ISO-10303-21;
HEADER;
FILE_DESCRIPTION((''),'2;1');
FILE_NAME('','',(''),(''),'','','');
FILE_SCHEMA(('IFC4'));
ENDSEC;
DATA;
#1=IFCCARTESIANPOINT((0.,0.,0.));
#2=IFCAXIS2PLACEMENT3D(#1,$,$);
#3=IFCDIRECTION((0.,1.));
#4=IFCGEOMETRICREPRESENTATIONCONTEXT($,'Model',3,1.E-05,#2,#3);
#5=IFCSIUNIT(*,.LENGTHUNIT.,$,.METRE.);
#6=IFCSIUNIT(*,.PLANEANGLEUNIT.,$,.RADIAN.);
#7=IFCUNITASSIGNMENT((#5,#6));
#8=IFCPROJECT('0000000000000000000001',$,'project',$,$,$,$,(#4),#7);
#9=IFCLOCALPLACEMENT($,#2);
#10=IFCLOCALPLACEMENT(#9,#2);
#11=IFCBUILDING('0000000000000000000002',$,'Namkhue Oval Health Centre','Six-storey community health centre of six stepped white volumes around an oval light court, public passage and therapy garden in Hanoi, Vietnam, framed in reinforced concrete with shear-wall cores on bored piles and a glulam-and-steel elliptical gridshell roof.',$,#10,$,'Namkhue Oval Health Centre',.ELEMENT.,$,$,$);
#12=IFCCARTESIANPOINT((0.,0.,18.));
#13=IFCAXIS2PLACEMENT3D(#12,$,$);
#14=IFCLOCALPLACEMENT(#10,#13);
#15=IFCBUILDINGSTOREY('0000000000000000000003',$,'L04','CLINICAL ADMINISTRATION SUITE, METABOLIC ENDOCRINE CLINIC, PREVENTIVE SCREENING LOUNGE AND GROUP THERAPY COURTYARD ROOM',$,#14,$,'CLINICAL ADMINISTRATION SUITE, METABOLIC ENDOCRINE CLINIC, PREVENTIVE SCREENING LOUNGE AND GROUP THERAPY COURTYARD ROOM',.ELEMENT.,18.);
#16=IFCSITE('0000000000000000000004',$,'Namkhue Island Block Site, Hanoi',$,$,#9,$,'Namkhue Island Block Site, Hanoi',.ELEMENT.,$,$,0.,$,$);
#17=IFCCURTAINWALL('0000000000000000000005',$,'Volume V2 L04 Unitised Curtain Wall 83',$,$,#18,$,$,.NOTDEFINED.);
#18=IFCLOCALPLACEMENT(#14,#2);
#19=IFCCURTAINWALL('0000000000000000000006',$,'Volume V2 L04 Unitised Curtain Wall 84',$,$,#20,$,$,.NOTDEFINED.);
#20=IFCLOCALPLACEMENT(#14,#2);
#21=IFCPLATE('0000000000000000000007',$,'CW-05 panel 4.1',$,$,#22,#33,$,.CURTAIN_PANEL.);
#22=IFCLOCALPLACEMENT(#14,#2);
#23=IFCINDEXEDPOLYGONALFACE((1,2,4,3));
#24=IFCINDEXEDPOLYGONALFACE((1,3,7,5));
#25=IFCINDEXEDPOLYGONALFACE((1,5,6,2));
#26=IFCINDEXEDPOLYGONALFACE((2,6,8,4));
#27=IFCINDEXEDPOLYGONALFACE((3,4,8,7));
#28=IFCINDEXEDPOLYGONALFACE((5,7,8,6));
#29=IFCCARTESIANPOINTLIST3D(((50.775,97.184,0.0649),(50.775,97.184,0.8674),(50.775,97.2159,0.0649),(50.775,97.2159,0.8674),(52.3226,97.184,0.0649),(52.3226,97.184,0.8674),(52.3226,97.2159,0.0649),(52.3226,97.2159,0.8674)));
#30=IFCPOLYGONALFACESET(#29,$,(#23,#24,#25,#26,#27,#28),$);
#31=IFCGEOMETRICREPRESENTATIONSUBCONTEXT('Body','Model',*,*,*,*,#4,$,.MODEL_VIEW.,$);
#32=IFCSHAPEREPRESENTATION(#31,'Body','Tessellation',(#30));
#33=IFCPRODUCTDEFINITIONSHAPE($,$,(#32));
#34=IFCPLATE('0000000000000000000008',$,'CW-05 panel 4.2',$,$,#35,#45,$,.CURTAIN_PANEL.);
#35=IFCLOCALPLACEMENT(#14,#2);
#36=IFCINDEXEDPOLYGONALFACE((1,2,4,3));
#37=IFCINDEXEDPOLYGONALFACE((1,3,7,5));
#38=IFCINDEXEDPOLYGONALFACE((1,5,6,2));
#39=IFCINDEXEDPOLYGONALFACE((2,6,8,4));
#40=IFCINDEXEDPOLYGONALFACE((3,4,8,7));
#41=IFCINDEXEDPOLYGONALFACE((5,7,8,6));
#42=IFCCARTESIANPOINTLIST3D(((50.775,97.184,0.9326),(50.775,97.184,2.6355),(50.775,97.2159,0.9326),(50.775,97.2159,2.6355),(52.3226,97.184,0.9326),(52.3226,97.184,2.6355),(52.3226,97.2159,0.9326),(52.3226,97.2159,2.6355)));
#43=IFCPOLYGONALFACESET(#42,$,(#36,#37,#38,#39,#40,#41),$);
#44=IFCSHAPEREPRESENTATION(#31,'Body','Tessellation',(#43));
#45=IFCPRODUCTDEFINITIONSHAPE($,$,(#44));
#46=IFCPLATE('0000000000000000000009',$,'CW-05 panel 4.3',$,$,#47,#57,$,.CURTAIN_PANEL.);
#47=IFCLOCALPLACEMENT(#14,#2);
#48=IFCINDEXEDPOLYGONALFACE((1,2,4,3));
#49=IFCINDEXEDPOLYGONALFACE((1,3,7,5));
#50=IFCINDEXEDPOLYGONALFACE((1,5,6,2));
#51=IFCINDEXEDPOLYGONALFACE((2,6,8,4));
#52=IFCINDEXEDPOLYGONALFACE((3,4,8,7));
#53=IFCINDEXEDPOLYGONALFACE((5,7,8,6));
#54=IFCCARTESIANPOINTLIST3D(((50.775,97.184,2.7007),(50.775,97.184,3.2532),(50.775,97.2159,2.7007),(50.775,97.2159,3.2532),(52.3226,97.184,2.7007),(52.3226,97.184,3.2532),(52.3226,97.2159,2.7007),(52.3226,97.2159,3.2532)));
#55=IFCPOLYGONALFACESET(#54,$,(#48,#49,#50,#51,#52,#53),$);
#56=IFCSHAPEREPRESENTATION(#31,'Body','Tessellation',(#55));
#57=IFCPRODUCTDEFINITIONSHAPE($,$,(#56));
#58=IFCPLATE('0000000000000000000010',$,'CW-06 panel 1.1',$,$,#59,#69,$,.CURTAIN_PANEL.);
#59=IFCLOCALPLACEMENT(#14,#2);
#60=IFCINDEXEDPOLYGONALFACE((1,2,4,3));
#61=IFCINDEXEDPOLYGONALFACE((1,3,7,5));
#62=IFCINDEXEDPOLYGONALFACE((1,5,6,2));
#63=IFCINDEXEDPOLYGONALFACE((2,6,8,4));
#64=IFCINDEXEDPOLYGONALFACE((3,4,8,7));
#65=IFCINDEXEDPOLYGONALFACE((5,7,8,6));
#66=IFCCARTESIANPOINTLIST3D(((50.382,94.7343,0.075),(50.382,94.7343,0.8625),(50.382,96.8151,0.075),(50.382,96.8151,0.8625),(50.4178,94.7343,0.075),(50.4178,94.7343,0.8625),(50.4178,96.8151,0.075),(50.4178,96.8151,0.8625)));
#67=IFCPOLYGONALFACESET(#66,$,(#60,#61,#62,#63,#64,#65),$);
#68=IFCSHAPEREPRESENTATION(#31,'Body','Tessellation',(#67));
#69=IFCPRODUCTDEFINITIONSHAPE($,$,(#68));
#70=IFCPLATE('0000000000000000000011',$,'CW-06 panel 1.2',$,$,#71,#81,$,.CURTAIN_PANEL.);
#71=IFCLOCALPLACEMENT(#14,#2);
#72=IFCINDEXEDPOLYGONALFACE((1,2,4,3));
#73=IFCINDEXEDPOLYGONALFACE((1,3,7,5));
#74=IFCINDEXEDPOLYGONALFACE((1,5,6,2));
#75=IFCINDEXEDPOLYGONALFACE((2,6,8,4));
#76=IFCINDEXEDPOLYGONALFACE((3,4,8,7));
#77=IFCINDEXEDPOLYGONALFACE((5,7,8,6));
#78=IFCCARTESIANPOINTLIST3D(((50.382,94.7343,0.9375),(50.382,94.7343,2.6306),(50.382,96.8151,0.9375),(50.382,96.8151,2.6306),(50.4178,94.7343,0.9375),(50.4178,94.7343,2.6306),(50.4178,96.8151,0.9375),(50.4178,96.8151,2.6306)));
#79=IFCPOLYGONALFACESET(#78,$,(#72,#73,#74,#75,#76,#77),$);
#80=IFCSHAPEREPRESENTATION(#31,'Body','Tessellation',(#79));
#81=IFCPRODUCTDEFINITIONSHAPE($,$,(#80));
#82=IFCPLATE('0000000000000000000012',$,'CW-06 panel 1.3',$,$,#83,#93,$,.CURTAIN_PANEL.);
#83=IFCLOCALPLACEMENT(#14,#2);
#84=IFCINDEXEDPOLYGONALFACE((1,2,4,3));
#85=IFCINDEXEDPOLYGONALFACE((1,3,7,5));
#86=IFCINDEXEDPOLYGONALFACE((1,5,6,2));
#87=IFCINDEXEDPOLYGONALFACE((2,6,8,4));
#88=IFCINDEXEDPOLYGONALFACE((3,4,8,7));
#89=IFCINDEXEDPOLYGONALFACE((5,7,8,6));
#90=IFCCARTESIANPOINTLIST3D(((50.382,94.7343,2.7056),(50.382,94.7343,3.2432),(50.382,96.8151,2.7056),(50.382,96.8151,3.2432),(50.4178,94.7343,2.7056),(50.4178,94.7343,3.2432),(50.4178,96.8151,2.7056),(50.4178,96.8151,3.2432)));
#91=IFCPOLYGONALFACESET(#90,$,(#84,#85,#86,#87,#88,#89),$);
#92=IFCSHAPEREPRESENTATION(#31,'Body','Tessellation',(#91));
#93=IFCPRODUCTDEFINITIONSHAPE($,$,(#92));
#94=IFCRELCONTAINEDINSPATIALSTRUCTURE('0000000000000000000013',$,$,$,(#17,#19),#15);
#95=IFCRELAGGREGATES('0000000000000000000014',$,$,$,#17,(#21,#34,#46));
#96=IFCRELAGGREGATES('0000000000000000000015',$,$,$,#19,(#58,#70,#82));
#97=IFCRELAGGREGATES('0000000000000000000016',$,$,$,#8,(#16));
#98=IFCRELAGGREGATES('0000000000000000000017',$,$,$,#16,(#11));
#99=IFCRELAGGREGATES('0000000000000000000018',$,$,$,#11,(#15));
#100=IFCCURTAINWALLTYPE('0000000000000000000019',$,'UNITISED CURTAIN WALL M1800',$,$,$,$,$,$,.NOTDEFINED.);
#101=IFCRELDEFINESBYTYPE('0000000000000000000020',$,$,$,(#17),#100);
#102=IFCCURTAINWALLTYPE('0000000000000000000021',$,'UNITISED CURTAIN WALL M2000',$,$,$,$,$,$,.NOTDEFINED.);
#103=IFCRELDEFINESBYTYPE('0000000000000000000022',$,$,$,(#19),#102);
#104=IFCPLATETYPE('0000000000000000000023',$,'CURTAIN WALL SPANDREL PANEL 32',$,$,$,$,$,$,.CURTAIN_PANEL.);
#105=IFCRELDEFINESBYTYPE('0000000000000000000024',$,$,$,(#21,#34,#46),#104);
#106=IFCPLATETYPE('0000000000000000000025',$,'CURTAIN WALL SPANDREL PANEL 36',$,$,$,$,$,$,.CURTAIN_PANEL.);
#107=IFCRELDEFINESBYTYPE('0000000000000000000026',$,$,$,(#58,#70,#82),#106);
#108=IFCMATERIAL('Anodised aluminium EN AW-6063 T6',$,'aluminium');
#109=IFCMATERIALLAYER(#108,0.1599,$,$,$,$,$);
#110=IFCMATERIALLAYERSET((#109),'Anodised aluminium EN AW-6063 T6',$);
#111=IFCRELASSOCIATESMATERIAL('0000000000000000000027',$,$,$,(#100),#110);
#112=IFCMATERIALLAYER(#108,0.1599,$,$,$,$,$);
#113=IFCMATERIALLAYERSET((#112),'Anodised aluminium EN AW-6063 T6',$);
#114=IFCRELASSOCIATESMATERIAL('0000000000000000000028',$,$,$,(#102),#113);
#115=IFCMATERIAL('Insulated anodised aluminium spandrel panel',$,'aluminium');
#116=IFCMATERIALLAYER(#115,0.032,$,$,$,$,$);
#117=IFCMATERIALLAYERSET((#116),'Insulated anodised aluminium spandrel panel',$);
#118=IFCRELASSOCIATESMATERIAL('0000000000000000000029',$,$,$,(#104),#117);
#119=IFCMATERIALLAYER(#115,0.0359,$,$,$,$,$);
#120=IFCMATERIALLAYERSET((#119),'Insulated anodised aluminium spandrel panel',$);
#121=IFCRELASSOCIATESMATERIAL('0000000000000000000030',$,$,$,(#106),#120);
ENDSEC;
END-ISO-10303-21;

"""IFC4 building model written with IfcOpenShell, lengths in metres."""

from ifc_helpers import new_model, si_unit, direction, frame, origin, origin_2d, place, context, subcontext, project, spatial, rectangle, extrude, material, layer, layer_set, type_object, element, aggregate, save


model = new_model("IFC4")

# Units and contexts
model_context = context("Model", 3, precision=1e-05, world=origin(), true_north=direction((0.0, 1.0)))
body_context = subcontext(model_context, "Body", "Model", "MODEL_VIEW")
ifc_project = project(units=[si_unit("LENGTHUNIT", "METRE"), si_unit("PLANEANGLEUNIT", "RADIAN")], contexts=[model_context])

# Site, building, storey
site_placement = place(None, origin())
site = spatial("IfcSite", under=ifc_project, at=site_placement, Name="Namkhue Island Block Site, Hanoi", LongName="Namkhue Island Block Site, Hanoi", CompositionType="ELEMENT", RefElevation=0.0)
building_placement = place(site_placement, origin())
building = spatial("IfcBuilding", under=site, at=building_placement, Name="Namkhue Oval Health Centre", Description="Six-storey community health centre of six stepped white volumes around an oval light court, public passage and therapy garden in Hanoi, Vietnam, framed in reinforced concrete with shear-wall cores on bored piles and a glulam-and-steel elliptical gridshell roof.", LongName="Namkhue Oval Health Centre", CompositionType="ELEMENT")
storey_placement = place(building_placement, frame((0.0, 0.0, 18.0)))
storey = spatial("IfcBuildingStorey", under=building, at=storey_placement, Name="L04", Description="CLINICAL ADMINISTRATION SUITE, METABOLIC ENDOCRINE CLINIC, PREVENTIVE SCREENING LOUNGE AND GROUP THERAPY COURTYARD ROOM", LongName="CLINICAL ADMINISTRATION SUITE, METABOLIC ENDOCRINE CLINIC, PREVENTIVE SCREENING LOUNGE AND GROUP THERAPY COURTYARD ROOM", CompositionType="ELEMENT", Elevation=18.0)

# Curtain wall
ifc_material_1 = material(Name="Anodised aluminium EN AW-6063 T6", Category="aluminium")
ifc_layer_1 = layer(ifc_material_1, 0.1599)
ifc_layer_set_1 = layer_set([ifc_layer_1], Name="Anodised aluminium EN AW-6063 T6")
curtain_wall_type_1 = type_object("IfcCurtainWallType", Name="UNITISED CURTAIN WALL M1800", PredefinedType="NOTDEFINED", material=ifc_layer_set_1)
curtain_wall_1_placement = place(storey_placement, origin())
curtain_wall_1 = element("IfcCurtainWall", 1, at=curtain_wall_1_placement, inside=storey, type_object=curtain_wall_type_1, Name="Volume V2 L04 Unitised Curtain Wall 83", PredefinedType="NOTDEFINED")

# Curtain wall
ifc_layer_2 = layer(ifc_material_1, 0.1599)
ifc_layer_set_2 = layer_set([ifc_layer_2], Name="Anodised aluminium EN AW-6063 T6")
curtain_wall_type_2 = type_object("IfcCurtainWallType", Name="UNITISED CURTAIN WALL M2000", PredefinedType="NOTDEFINED", material=ifc_layer_set_2)
curtain_wall_2_placement = place(storey_placement, origin())
curtain_wall_2 = element("IfcCurtainWall", 2, at=curtain_wall_2_placement, inside=storey, type_object=curtain_wall_type_2, Name="Volume V2 L04 Unitised Curtain Wall 84", PredefinedType="NOTDEFINED")

# Plates
ifc_material_2 = material(Name="Insulated anodised aluminium spandrel panel", Category="aluminium")
ifc_layer_3 = layer(ifc_material_2, 0.032)
ifc_layer_set_3 = layer_set([ifc_layer_3], Name="Insulated anodised aluminium spandrel panel")
plate_type_1 = type_object("IfcPlateType", Name="CURTAIN WALL SPANDREL PANEL 32", PredefinedType="CURTAIN_PANEL", material=ifc_layer_set_3)
plate_1_placement = place(storey_placement, frame((51.5488, 97.2, 0.0649), z_axis=(0.0, 0.0, 1.0), x_axis=(-1.0, 0.0, 0.0)))
plate_1 = element("IfcPlate", 3, at=plate_1_placement, type_object=plate_type_1, Name="CW-05 panel 4.1", PredefinedType="CURTAIN_PANEL", context=body_context, shape_type="SweptSolid", body=[
    extrude(rectangle(XDim=1.5476, YDim=0.032, at=origin_2d()), origin(), (0.0, 0.0, 1.0), 0.8025),
])
plate_2_placement = place(storey_placement, frame((51.5488, 97.2, 0.9326), z_axis=(0.0, 0.0, 1.0), x_axis=(-1.0, 0.0, 0.0)))
plate_2 = element("IfcPlate", 4, at=plate_2_placement, type_object=plate_type_1, Name="CW-05 panel 4.2", PredefinedType="CURTAIN_PANEL", context=body_context, shape_type="SweptSolid", body=[
    extrude(rectangle(XDim=1.5476, YDim=0.032, at=origin_2d()), origin(), (0.0, 0.0, 1.0), 1.7029),
])
plate_3_placement = place(storey_placement, frame((51.5488, 97.2, 2.7007), z_axis=(0.0, 0.0, 1.0), x_axis=(-1.0, 0.0, 0.0)))
plate_3 = element("IfcPlate", 5, at=plate_3_placement, type_object=plate_type_1, Name="CW-05 panel 4.3", PredefinedType="CURTAIN_PANEL", context=body_context, shape_type="SweptSolid", body=[
    extrude(rectangle(XDim=1.5476, YDim=0.032, at=origin_2d()), origin(), (0.0, 0.0, 1.0), 0.5525),
])
aggregate(curtain_wall_1, [plate_1, plate_2, plate_3])
ifc_layer_4 = layer(ifc_material_2, 0.0359)
ifc_layer_set_4 = layer_set([ifc_layer_4], Name="Insulated anodised aluminium spandrel panel")
plate_type_2 = type_object("IfcPlateType", Name="CURTAIN WALL SPANDREL PANEL 36", PredefinedType="CURTAIN_PANEL", material=ifc_layer_set_4)
plate_4_placement = place(storey_placement, frame((50.3999, 95.7747, 0.075), z_axis=(0.0, 0.0, 1.0), x_axis=(0.0, -1.0, 0.0)))
plate_4 = element("IfcPlate", 6, at=plate_4_placement, type_object=plate_type_2, Name="CW-06 panel 1.1", PredefinedType="CURTAIN_PANEL", context=body_context, shape_type="SweptSolid", body=[
    extrude(rectangle(XDim=2.0808, YDim=0.0359, at=origin_2d()), origin(), (0.0, 0.0, 1.0), 0.7876),
])
plate_5_placement = place(storey_placement, frame((50.3999, 95.7747, 0.9375), z_axis=(0.0, 0.0, 1.0), x_axis=(0.0, -1.0, 0.0)))
plate_5 = element("IfcPlate", 7, at=plate_5_placement, type_object=plate_type_2, Name="CW-06 panel 1.2", PredefinedType="CURTAIN_PANEL", context=body_context, shape_type="SweptSolid", body=[
    extrude(rectangle(XDim=2.0808, YDim=0.0359, at=origin_2d()), origin(), (0.0, 0.0, 1.0), 1.6931),
])
plate_6_placement = place(storey_placement, frame((50.3999, 95.7747, 2.7056), z_axis=(0.0, 0.0, 1.0), x_axis=(0.0, -1.0, 0.0)))
plate_6 = element("IfcPlate", 8, at=plate_6_placement, type_object=plate_type_2, Name="CW-06 panel 1.3", PredefinedType="CURTAIN_PANEL", context=body_context, shape_type="SweptSolid", body=[
    extrude(rectangle(XDim=2.0808, YDim=0.0359, at=origin_2d()), origin(), (0.0, 0.0, 1.0), 0.5376),
])
aggregate(curtain_wall_2, [plate_4, plate_5, plate_6])

save(model, "model.ifc")
